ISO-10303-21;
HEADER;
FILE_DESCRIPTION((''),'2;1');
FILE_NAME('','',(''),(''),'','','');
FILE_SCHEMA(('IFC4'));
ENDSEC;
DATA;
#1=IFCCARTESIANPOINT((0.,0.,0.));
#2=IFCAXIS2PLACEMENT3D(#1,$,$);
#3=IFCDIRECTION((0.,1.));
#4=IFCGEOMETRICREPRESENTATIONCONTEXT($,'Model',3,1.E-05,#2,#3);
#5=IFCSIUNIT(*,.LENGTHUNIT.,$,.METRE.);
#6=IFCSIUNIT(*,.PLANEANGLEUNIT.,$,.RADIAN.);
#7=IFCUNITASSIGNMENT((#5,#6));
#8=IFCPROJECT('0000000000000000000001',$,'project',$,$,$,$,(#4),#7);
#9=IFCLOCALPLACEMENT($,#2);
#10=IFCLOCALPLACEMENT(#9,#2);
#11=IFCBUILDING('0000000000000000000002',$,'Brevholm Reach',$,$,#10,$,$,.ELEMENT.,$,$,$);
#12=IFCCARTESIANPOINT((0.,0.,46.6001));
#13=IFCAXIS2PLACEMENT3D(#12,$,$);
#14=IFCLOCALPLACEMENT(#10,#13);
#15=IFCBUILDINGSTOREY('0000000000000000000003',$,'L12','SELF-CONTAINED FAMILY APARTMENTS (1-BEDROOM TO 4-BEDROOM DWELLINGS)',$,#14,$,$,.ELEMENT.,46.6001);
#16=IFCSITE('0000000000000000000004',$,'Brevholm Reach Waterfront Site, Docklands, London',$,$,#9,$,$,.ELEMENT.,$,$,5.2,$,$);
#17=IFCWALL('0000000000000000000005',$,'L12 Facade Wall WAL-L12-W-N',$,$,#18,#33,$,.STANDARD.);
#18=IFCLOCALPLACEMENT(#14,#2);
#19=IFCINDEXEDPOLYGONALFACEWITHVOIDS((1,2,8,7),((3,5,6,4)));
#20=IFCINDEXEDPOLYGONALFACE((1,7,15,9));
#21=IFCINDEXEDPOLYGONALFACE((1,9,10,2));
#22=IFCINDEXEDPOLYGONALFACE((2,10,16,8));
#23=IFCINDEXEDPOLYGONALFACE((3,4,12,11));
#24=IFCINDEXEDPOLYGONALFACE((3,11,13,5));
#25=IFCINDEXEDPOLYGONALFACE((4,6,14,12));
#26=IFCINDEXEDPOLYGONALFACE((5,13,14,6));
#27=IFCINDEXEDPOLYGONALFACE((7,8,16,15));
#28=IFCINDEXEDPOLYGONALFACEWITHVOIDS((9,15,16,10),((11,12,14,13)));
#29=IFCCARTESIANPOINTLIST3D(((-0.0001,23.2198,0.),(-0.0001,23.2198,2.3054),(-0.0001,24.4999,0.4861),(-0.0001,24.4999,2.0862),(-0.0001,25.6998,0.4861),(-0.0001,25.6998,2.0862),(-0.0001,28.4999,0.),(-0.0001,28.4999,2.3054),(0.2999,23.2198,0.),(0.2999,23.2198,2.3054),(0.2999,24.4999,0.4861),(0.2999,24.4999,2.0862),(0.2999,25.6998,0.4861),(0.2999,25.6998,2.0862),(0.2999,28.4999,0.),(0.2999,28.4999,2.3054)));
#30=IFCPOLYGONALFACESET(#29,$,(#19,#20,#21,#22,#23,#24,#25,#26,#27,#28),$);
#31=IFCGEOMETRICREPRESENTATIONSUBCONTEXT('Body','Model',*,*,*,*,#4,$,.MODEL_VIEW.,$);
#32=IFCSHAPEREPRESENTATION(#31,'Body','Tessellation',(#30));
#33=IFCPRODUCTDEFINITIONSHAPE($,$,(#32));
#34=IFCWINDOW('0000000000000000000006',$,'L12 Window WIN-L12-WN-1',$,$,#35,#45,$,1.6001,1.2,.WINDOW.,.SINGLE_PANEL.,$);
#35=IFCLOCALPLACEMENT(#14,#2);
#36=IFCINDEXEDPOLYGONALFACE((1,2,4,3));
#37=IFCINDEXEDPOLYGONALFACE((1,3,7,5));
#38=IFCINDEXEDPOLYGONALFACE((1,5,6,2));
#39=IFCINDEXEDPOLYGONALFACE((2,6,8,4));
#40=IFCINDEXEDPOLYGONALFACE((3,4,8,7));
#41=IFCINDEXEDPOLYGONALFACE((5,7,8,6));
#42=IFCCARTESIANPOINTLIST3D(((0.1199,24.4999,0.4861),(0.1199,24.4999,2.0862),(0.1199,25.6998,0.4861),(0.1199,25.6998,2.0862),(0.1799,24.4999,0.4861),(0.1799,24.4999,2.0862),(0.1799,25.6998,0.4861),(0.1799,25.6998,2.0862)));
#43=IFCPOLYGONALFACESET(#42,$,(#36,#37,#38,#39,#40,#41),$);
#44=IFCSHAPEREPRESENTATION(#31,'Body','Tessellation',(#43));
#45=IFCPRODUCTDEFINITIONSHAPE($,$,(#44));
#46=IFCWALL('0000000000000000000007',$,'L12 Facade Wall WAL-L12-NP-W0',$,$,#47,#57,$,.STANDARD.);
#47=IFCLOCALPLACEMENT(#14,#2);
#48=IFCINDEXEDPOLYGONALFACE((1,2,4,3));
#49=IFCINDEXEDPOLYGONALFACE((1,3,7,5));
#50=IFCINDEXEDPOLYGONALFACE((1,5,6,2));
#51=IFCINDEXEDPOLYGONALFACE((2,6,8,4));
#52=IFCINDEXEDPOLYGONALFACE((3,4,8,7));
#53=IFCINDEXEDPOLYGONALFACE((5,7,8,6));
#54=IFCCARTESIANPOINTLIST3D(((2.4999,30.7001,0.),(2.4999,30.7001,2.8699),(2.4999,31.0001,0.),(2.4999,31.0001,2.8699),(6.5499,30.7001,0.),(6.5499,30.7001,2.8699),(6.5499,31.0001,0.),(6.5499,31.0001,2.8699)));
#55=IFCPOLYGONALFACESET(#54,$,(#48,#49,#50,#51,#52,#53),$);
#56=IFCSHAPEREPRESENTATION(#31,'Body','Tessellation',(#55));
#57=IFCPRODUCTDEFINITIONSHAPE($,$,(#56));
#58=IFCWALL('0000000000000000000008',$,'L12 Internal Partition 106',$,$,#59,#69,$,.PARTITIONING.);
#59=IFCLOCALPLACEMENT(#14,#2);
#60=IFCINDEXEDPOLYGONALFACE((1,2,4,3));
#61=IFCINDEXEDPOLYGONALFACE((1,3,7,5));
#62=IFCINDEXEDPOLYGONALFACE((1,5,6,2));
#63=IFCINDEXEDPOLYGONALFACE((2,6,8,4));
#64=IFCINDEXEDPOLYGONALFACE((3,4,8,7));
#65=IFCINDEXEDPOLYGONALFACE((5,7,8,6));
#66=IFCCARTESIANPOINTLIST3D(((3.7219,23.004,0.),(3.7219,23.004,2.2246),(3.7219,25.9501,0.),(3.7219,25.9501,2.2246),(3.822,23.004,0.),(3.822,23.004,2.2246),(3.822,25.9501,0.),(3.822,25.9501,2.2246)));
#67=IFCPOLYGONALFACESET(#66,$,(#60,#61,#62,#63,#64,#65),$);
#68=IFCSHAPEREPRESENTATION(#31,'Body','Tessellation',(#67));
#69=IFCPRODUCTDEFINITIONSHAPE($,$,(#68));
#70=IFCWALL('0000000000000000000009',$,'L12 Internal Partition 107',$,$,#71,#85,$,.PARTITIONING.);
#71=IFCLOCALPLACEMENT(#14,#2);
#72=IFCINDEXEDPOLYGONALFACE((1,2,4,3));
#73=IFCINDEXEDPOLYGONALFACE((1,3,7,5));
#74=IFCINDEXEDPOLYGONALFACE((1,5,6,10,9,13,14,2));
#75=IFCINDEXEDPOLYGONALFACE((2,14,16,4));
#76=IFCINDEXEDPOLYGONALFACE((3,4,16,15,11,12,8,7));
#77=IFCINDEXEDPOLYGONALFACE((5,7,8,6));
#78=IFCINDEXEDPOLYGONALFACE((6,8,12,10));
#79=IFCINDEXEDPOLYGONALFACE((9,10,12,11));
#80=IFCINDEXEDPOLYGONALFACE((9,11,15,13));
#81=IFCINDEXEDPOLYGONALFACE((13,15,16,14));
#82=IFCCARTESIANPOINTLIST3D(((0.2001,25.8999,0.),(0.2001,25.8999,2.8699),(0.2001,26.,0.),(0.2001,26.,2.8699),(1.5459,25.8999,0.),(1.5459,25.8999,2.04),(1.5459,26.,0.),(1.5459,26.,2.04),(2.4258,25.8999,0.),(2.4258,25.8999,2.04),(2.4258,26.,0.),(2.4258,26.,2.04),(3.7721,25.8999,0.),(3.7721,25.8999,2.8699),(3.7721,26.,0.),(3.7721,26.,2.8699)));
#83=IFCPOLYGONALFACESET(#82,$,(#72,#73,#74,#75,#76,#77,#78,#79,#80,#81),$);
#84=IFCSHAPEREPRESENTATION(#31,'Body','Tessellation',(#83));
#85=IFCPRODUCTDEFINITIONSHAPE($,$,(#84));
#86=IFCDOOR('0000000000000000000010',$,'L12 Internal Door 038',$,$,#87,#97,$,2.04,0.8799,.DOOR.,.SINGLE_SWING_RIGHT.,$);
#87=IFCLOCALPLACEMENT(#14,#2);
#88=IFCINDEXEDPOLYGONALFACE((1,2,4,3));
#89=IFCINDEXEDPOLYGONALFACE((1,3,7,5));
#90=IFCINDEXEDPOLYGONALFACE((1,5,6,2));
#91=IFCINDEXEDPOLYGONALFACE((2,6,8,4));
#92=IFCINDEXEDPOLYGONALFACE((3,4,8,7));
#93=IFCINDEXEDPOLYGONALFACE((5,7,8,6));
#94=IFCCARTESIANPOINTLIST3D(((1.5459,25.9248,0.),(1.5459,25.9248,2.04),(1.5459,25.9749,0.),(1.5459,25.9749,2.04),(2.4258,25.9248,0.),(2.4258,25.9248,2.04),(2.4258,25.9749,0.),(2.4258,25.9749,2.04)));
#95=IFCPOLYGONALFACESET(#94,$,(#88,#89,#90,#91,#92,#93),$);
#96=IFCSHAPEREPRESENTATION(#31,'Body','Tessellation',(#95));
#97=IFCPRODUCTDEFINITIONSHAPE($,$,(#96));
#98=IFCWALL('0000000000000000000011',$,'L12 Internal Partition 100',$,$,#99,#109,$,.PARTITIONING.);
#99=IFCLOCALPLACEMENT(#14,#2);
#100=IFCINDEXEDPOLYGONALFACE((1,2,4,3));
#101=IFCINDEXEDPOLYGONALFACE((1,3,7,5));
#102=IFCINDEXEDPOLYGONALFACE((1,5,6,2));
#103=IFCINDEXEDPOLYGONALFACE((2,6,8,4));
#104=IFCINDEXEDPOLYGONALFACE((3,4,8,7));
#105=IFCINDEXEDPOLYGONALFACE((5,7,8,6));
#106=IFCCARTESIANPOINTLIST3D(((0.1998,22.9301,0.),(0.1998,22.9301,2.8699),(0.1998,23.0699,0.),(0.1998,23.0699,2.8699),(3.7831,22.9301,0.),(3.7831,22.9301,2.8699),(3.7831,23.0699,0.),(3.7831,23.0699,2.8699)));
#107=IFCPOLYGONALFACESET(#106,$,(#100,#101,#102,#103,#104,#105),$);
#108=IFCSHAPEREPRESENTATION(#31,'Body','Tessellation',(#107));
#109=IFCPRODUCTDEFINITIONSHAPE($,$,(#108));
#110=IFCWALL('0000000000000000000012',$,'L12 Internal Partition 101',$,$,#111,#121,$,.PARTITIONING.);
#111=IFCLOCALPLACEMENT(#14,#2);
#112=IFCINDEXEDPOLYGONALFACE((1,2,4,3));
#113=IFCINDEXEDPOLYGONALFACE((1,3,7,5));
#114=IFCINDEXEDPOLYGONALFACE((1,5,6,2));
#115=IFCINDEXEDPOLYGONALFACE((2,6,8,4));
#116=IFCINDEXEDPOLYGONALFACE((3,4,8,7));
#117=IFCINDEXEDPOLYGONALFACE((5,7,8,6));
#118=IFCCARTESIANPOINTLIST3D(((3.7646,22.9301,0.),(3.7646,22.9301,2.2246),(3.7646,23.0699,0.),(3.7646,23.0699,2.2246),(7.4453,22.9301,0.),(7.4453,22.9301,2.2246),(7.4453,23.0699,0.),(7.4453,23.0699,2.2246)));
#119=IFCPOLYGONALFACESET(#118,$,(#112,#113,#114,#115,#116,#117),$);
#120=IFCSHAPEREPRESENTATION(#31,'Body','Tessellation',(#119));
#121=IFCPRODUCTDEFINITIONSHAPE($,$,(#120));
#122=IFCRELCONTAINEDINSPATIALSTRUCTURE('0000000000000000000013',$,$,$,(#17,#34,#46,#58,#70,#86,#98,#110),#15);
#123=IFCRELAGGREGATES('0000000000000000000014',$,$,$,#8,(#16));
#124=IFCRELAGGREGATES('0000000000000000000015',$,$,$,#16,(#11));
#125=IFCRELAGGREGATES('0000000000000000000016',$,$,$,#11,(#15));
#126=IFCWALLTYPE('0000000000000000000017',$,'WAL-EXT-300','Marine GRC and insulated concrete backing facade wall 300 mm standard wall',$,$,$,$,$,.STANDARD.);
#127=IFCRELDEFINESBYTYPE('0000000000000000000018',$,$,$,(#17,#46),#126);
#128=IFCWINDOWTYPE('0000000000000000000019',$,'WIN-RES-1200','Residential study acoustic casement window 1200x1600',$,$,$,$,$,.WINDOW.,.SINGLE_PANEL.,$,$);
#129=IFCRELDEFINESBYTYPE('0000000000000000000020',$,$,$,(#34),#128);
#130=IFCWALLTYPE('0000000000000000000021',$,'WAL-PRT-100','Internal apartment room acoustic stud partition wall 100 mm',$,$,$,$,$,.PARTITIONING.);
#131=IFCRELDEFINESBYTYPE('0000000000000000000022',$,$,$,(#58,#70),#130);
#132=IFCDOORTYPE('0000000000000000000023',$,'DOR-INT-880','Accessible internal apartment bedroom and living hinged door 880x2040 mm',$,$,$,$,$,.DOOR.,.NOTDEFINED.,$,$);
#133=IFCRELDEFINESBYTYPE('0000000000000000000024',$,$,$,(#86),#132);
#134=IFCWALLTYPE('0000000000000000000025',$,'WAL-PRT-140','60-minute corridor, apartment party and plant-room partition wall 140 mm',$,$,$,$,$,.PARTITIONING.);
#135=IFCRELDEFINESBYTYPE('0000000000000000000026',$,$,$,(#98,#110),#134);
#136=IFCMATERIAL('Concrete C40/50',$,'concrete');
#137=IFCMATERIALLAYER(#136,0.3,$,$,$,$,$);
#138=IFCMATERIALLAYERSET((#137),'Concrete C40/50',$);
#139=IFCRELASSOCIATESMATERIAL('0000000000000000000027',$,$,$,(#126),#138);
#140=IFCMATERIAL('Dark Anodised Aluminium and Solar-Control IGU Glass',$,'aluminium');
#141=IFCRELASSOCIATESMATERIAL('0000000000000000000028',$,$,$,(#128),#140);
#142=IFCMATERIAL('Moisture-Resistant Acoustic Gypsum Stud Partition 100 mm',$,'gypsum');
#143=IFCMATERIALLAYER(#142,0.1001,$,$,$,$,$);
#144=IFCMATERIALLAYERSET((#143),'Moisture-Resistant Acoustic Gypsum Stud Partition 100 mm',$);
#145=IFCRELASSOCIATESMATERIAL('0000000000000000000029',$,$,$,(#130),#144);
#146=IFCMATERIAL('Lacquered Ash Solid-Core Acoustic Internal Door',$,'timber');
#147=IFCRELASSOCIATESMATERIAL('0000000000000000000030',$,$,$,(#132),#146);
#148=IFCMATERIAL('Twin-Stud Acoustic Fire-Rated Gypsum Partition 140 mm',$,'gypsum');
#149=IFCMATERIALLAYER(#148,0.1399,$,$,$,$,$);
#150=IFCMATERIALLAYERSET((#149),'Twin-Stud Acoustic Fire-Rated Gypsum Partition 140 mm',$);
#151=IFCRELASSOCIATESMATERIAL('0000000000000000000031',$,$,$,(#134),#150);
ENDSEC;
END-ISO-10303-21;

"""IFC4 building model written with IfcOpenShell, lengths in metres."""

from ifc_helpers import new_model, si_unit, direction, frame, frame_2d, origin, place, context, subcontext, project, spatial, rectangle, extrude, material, layer, layer_set, type_object, element, fill, save


model = new_model("IFC4")

# Units and contexts
model_context = context("Model", 3, precision=1e-05, world=origin(), true_north=direction((0.0, 1.0)))
body_context = subcontext(model_context, "Body", "Model", "MODEL_VIEW")
ifc_project = project(units=[si_unit("LENGTHUNIT", "METRE"), si_unit("PLANEANGLEUNIT", "RADIAN")], contexts=[model_context])

# Site, building, storey
site_placement = place(None, origin())
site = spatial("IfcSite", under=ifc_project, at=site_placement, Name="Brevholm Reach Waterfront Site, Docklands, London", CompositionType="ELEMENT", RefElevation=5.2)
building_placement = place(site_placement, origin())
building = spatial("IfcBuilding", under=site, at=building_placement, Name="Brevholm Reach", CompositionType="ELEMENT")
storey_placement = place(building_placement, frame((0.0, 0.0, 46.6001)))
storey = spatial("IfcBuildingStorey", under=building, at=storey_placement, Name="L12", Description="SELF-CONTAINED FAMILY APARTMENTS (1-BEDROOM TO 4-BEDROOM DWELLINGS)", CompositionType="ELEMENT", Elevation=46.6001)

# Shared definitions
ifc_material_1 = material(Name="Concrete C40/50", Category="concrete")
ifc_layer_1 = layer(ifc_material_1, 0.3)
ifc_layer_set_1 = layer_set([ifc_layer_1], Name="Concrete C40/50")
wall_type_1 = type_object("IfcWallType", Name="WAL-EXT-300", Description="Marine GRC and insulated concrete backing facade wall 300 mm standard wall", PredefinedType="STANDARD", material=ifc_layer_set_1)

# Wall, opening, window
wall_1_placement = place(storey_placement, frame((0.1499, 28.5, 0.0), z_axis=(0.0, 0.0, 1.0), x_axis=(0.0, -1.0, 0.0)))
wall_1 = element("IfcWall", 1, at=wall_1_placement, inside=storey, type_object=wall_type_1, Name="L12 Facade Wall WAL-L12-W-N", PredefinedType="STANDARD", context=body_context, shape_type="SweptSolid", body=[
    extrude(rectangle(XDim=5.28, YDim=0.3, at=frame_2d((2.6401, 0.0))), origin(), (0.0, 0.0, 1.0), 2.3054),
])
opening_1_placement = place(wall_1_placement, frame((2.8, 0.0, 0.4861)))
opening_1 = element("IfcOpeningElement", 2, at=opening_1_placement, cuts=wall_1, PredefinedType="OPENING", context=body_context, shape_type="SweptSolid", body=[
    extrude(rectangle(XDim=1.2, YDim=1.6001, at=frame_2d((0.6001, 0.8))), frame((0.0, 0.1599, 0.0), z_axis=(0.0, -1.0, 0.0), x_axis=(1.0, 0.0, 0.0)), (0.0, 0.0, 1.0), 0.3201),
])
ifc_material_2 = material(Name="Dark Anodised Aluminium and Solar-Control IGU Glass", Category="aluminium")
window_type = type_object("IfcWindowType", Name="WIN-RES-1200", Description="Residential study acoustic casement window 1200x1600", PartitioningType="SINGLE_PANEL", PredefinedType="WINDOW", material=ifc_material_2)
window_placement = place(opening_1_placement, origin())
window = element("IfcWindow", 3, at=window_placement, inside=storey, type_object=window_type, Name="L12 Window WIN-L12-WN-1", OverallHeight=1.6001, OverallWidth=1.2, PartitioningType="SINGLE_PANEL", PredefinedType="WINDOW", context=body_context, shape_type="SweptSolid", body=[
    extrude(rectangle(XDim=1.2, YDim=1.6001, at=frame_2d((0.6001, 0.8))), frame((0.0, 0.03, 0.0), z_axis=(0.0, -1.0, 0.0), x_axis=(1.0, 0.0, 0.0)), (0.0, 0.0, 1.0), 0.0601),
])
fill(opening_1, window)

# Walls
wall_2_placement = place(storey_placement, frame((2.5, 30.8501, 0.0), z_axis=(0.0, 0.0, 1.0), x_axis=(1.0, 0.0, 0.0)))
element("IfcWall", 4, at=wall_2_placement, inside=storey, type_object=wall_type_1, Name="L12 Facade Wall WAL-L12-NP-W0", PredefinedType="STANDARD", context=body_context, shape_type="SweptSolid", body=[
    extrude(rectangle(XDim=4.05, YDim=0.3, at=frame_2d((2.0249, 0.0))), origin(), (0.0, 0.0, 1.0), 2.8699),
])
ifc_material_3 = material(Name="Moisture-Resistant Acoustic Gypsum Stud Partition 100 mm", Category="gypsum")
ifc_layer_2 = layer(ifc_material_3, 0.1001)
ifc_layer_set_2 = layer_set([ifc_layer_2], Name="Moisture-Resistant Acoustic Gypsum Stud Partition 100 mm")
wall_type_2 = type_object("IfcWallType", Name="WAL-PRT-100", Description="Internal apartment room acoustic stud partition wall 100 mm", PredefinedType="PARTITIONING", material=ifc_layer_set_2)
wall_3_placement = place(storey_placement, frame((3.772, 23.0039, 0.0), z_axis=(0.0, 0.0, 1.0), x_axis=(0.0, 1.0, 0.0)))
element("IfcWall", 5, at=wall_3_placement, inside=storey, type_object=wall_type_2, Name="L12 Internal Partition 106", PredefinedType="PARTITIONING", context=body_context, shape_type="SweptSolid", body=[
    extrude(rectangle(XDim=2.946, YDim=0.1001, at=frame_2d((1.4731, 0.0))), origin(), (0.0, 0.0, 1.0), 2.2246),
])

# Wall, opening, door
wall_4_placement = place(storey_placement, frame((0.2, 25.95, 0.0), z_axis=(0.0, 0.0, 1.0), x_axis=(1.0, 0.0, 0.0)))
wall_4 = element("IfcWall", 6, at=wall_4_placement, inside=storey, type_object=wall_type_2, Name="L12 Internal Partition 107", PredefinedType="PARTITIONING", context=body_context, shape_type="SweptSolid", body=[
    extrude(rectangle(XDim=3.572, YDim=0.1001, at=frame_2d((1.7861, 0.0))), origin(), (0.0, 0.0, 1.0), 2.8699),
])
opening_2_placement = place(wall_4_placement, frame((1.3459, 0.0, 0.0)))
opening_2 = element("IfcOpeningElement", 7, at=opening_2_placement, cuts=wall_4, PredefinedType="OPENING", context=body_context, shape_type="SweptSolid", body=[
    extrude(rectangle(XDim=0.8799, YDim=2.04, at=frame_2d((0.4399, 1.02))), frame((0.0, 0.0601, 0.0), z_axis=(0.0, -1.0, 0.0), x_axis=(1.0, 0.0, 0.0)), (0.0, 0.0, 1.0), 0.1201),
])
ifc_material_4 = material(Name="Lacquered Ash Solid-Core Acoustic Internal Door", Category="timber")
door_type = type_object("IfcDoorType", Name="DOR-INT-880", Description="Accessible internal apartment bedroom and living hinged door 880x2040 mm", OperationType="NOTDEFINED", PredefinedType="DOOR", material=ifc_material_4)
door_placement = place(opening_2_placement, origin())
door = element("IfcDoor", 8, at=door_placement, inside=storey, type_object=door_type, Name="L12 Internal Door 038", OperationType="SINGLE_SWING_RIGHT", OverallHeight=2.04, OverallWidth=0.8799, PredefinedType="DOOR", context=body_context, shape_type="SweptSolid", body=[
    extrude(rectangle(XDim=0.8799, YDim=2.04, at=frame_2d((0.4399, 1.02))), frame((0.0, 0.0249, 0.0), z_axis=(0.0, -1.0, 0.0), x_axis=(1.0, 0.0, 0.0)), (0.0, 0.0, 1.0), 0.05),
])
fill(opening_2, door)

# Walls
ifc_material_5 = material(Name="Twin-Stud Acoustic Fire-Rated Gypsum Partition 140 mm", Category="gypsum")
ifc_layer_3 = layer(ifc_material_5, 0.1399)
ifc_layer_set_3 = layer_set([ifc_layer_3], Name="Twin-Stud Acoustic Fire-Rated Gypsum Partition 140 mm")
wall_type_3 = type_object("IfcWallType", Name="WAL-PRT-140", Description="60-minute corridor, apartment party and plant-room partition wall 140 mm", PredefinedType="PARTITIONING", material=ifc_layer_set_3)
wall_5_placement = place(storey_placement, frame((0.2, 23.0, 0.0), z_axis=(0.0, 0.0, 1.0), x_axis=(1.0, 0.0, 0.0)))
element("IfcWall", 9, at=wall_5_placement, inside=storey, type_object=wall_type_3, Name="L12 Internal Partition 100", PredefinedType="PARTITIONING", context=body_context, shape_type="SweptSolid", body=[
    extrude(rectangle(XDim=3.5833, YDim=0.1399, at=frame_2d((1.7915, 0.0))), origin(), (0.0, 0.0, 1.0), 2.8699),
])
wall_6_placement = place(storey_placement, frame((3.7646, 23.0, 0.0), z_axis=(0.0, 0.0, 1.0), x_axis=(1.0, 0.0, 0.0)))
element("IfcWall", 10, at=wall_6_placement, inside=storey, type_object=wall_type_3, Name="L12 Internal Partition 101", PredefinedType="PARTITIONING", context=body_context, shape_type="SweptSolid", body=[
    extrude(rectangle(XDim=3.6807, YDim=0.1399, at=frame_2d((1.8403, 0.0))), origin(), (0.0, 0.0, 1.0), 2.2246),
])

save(model, "model.ifc")
